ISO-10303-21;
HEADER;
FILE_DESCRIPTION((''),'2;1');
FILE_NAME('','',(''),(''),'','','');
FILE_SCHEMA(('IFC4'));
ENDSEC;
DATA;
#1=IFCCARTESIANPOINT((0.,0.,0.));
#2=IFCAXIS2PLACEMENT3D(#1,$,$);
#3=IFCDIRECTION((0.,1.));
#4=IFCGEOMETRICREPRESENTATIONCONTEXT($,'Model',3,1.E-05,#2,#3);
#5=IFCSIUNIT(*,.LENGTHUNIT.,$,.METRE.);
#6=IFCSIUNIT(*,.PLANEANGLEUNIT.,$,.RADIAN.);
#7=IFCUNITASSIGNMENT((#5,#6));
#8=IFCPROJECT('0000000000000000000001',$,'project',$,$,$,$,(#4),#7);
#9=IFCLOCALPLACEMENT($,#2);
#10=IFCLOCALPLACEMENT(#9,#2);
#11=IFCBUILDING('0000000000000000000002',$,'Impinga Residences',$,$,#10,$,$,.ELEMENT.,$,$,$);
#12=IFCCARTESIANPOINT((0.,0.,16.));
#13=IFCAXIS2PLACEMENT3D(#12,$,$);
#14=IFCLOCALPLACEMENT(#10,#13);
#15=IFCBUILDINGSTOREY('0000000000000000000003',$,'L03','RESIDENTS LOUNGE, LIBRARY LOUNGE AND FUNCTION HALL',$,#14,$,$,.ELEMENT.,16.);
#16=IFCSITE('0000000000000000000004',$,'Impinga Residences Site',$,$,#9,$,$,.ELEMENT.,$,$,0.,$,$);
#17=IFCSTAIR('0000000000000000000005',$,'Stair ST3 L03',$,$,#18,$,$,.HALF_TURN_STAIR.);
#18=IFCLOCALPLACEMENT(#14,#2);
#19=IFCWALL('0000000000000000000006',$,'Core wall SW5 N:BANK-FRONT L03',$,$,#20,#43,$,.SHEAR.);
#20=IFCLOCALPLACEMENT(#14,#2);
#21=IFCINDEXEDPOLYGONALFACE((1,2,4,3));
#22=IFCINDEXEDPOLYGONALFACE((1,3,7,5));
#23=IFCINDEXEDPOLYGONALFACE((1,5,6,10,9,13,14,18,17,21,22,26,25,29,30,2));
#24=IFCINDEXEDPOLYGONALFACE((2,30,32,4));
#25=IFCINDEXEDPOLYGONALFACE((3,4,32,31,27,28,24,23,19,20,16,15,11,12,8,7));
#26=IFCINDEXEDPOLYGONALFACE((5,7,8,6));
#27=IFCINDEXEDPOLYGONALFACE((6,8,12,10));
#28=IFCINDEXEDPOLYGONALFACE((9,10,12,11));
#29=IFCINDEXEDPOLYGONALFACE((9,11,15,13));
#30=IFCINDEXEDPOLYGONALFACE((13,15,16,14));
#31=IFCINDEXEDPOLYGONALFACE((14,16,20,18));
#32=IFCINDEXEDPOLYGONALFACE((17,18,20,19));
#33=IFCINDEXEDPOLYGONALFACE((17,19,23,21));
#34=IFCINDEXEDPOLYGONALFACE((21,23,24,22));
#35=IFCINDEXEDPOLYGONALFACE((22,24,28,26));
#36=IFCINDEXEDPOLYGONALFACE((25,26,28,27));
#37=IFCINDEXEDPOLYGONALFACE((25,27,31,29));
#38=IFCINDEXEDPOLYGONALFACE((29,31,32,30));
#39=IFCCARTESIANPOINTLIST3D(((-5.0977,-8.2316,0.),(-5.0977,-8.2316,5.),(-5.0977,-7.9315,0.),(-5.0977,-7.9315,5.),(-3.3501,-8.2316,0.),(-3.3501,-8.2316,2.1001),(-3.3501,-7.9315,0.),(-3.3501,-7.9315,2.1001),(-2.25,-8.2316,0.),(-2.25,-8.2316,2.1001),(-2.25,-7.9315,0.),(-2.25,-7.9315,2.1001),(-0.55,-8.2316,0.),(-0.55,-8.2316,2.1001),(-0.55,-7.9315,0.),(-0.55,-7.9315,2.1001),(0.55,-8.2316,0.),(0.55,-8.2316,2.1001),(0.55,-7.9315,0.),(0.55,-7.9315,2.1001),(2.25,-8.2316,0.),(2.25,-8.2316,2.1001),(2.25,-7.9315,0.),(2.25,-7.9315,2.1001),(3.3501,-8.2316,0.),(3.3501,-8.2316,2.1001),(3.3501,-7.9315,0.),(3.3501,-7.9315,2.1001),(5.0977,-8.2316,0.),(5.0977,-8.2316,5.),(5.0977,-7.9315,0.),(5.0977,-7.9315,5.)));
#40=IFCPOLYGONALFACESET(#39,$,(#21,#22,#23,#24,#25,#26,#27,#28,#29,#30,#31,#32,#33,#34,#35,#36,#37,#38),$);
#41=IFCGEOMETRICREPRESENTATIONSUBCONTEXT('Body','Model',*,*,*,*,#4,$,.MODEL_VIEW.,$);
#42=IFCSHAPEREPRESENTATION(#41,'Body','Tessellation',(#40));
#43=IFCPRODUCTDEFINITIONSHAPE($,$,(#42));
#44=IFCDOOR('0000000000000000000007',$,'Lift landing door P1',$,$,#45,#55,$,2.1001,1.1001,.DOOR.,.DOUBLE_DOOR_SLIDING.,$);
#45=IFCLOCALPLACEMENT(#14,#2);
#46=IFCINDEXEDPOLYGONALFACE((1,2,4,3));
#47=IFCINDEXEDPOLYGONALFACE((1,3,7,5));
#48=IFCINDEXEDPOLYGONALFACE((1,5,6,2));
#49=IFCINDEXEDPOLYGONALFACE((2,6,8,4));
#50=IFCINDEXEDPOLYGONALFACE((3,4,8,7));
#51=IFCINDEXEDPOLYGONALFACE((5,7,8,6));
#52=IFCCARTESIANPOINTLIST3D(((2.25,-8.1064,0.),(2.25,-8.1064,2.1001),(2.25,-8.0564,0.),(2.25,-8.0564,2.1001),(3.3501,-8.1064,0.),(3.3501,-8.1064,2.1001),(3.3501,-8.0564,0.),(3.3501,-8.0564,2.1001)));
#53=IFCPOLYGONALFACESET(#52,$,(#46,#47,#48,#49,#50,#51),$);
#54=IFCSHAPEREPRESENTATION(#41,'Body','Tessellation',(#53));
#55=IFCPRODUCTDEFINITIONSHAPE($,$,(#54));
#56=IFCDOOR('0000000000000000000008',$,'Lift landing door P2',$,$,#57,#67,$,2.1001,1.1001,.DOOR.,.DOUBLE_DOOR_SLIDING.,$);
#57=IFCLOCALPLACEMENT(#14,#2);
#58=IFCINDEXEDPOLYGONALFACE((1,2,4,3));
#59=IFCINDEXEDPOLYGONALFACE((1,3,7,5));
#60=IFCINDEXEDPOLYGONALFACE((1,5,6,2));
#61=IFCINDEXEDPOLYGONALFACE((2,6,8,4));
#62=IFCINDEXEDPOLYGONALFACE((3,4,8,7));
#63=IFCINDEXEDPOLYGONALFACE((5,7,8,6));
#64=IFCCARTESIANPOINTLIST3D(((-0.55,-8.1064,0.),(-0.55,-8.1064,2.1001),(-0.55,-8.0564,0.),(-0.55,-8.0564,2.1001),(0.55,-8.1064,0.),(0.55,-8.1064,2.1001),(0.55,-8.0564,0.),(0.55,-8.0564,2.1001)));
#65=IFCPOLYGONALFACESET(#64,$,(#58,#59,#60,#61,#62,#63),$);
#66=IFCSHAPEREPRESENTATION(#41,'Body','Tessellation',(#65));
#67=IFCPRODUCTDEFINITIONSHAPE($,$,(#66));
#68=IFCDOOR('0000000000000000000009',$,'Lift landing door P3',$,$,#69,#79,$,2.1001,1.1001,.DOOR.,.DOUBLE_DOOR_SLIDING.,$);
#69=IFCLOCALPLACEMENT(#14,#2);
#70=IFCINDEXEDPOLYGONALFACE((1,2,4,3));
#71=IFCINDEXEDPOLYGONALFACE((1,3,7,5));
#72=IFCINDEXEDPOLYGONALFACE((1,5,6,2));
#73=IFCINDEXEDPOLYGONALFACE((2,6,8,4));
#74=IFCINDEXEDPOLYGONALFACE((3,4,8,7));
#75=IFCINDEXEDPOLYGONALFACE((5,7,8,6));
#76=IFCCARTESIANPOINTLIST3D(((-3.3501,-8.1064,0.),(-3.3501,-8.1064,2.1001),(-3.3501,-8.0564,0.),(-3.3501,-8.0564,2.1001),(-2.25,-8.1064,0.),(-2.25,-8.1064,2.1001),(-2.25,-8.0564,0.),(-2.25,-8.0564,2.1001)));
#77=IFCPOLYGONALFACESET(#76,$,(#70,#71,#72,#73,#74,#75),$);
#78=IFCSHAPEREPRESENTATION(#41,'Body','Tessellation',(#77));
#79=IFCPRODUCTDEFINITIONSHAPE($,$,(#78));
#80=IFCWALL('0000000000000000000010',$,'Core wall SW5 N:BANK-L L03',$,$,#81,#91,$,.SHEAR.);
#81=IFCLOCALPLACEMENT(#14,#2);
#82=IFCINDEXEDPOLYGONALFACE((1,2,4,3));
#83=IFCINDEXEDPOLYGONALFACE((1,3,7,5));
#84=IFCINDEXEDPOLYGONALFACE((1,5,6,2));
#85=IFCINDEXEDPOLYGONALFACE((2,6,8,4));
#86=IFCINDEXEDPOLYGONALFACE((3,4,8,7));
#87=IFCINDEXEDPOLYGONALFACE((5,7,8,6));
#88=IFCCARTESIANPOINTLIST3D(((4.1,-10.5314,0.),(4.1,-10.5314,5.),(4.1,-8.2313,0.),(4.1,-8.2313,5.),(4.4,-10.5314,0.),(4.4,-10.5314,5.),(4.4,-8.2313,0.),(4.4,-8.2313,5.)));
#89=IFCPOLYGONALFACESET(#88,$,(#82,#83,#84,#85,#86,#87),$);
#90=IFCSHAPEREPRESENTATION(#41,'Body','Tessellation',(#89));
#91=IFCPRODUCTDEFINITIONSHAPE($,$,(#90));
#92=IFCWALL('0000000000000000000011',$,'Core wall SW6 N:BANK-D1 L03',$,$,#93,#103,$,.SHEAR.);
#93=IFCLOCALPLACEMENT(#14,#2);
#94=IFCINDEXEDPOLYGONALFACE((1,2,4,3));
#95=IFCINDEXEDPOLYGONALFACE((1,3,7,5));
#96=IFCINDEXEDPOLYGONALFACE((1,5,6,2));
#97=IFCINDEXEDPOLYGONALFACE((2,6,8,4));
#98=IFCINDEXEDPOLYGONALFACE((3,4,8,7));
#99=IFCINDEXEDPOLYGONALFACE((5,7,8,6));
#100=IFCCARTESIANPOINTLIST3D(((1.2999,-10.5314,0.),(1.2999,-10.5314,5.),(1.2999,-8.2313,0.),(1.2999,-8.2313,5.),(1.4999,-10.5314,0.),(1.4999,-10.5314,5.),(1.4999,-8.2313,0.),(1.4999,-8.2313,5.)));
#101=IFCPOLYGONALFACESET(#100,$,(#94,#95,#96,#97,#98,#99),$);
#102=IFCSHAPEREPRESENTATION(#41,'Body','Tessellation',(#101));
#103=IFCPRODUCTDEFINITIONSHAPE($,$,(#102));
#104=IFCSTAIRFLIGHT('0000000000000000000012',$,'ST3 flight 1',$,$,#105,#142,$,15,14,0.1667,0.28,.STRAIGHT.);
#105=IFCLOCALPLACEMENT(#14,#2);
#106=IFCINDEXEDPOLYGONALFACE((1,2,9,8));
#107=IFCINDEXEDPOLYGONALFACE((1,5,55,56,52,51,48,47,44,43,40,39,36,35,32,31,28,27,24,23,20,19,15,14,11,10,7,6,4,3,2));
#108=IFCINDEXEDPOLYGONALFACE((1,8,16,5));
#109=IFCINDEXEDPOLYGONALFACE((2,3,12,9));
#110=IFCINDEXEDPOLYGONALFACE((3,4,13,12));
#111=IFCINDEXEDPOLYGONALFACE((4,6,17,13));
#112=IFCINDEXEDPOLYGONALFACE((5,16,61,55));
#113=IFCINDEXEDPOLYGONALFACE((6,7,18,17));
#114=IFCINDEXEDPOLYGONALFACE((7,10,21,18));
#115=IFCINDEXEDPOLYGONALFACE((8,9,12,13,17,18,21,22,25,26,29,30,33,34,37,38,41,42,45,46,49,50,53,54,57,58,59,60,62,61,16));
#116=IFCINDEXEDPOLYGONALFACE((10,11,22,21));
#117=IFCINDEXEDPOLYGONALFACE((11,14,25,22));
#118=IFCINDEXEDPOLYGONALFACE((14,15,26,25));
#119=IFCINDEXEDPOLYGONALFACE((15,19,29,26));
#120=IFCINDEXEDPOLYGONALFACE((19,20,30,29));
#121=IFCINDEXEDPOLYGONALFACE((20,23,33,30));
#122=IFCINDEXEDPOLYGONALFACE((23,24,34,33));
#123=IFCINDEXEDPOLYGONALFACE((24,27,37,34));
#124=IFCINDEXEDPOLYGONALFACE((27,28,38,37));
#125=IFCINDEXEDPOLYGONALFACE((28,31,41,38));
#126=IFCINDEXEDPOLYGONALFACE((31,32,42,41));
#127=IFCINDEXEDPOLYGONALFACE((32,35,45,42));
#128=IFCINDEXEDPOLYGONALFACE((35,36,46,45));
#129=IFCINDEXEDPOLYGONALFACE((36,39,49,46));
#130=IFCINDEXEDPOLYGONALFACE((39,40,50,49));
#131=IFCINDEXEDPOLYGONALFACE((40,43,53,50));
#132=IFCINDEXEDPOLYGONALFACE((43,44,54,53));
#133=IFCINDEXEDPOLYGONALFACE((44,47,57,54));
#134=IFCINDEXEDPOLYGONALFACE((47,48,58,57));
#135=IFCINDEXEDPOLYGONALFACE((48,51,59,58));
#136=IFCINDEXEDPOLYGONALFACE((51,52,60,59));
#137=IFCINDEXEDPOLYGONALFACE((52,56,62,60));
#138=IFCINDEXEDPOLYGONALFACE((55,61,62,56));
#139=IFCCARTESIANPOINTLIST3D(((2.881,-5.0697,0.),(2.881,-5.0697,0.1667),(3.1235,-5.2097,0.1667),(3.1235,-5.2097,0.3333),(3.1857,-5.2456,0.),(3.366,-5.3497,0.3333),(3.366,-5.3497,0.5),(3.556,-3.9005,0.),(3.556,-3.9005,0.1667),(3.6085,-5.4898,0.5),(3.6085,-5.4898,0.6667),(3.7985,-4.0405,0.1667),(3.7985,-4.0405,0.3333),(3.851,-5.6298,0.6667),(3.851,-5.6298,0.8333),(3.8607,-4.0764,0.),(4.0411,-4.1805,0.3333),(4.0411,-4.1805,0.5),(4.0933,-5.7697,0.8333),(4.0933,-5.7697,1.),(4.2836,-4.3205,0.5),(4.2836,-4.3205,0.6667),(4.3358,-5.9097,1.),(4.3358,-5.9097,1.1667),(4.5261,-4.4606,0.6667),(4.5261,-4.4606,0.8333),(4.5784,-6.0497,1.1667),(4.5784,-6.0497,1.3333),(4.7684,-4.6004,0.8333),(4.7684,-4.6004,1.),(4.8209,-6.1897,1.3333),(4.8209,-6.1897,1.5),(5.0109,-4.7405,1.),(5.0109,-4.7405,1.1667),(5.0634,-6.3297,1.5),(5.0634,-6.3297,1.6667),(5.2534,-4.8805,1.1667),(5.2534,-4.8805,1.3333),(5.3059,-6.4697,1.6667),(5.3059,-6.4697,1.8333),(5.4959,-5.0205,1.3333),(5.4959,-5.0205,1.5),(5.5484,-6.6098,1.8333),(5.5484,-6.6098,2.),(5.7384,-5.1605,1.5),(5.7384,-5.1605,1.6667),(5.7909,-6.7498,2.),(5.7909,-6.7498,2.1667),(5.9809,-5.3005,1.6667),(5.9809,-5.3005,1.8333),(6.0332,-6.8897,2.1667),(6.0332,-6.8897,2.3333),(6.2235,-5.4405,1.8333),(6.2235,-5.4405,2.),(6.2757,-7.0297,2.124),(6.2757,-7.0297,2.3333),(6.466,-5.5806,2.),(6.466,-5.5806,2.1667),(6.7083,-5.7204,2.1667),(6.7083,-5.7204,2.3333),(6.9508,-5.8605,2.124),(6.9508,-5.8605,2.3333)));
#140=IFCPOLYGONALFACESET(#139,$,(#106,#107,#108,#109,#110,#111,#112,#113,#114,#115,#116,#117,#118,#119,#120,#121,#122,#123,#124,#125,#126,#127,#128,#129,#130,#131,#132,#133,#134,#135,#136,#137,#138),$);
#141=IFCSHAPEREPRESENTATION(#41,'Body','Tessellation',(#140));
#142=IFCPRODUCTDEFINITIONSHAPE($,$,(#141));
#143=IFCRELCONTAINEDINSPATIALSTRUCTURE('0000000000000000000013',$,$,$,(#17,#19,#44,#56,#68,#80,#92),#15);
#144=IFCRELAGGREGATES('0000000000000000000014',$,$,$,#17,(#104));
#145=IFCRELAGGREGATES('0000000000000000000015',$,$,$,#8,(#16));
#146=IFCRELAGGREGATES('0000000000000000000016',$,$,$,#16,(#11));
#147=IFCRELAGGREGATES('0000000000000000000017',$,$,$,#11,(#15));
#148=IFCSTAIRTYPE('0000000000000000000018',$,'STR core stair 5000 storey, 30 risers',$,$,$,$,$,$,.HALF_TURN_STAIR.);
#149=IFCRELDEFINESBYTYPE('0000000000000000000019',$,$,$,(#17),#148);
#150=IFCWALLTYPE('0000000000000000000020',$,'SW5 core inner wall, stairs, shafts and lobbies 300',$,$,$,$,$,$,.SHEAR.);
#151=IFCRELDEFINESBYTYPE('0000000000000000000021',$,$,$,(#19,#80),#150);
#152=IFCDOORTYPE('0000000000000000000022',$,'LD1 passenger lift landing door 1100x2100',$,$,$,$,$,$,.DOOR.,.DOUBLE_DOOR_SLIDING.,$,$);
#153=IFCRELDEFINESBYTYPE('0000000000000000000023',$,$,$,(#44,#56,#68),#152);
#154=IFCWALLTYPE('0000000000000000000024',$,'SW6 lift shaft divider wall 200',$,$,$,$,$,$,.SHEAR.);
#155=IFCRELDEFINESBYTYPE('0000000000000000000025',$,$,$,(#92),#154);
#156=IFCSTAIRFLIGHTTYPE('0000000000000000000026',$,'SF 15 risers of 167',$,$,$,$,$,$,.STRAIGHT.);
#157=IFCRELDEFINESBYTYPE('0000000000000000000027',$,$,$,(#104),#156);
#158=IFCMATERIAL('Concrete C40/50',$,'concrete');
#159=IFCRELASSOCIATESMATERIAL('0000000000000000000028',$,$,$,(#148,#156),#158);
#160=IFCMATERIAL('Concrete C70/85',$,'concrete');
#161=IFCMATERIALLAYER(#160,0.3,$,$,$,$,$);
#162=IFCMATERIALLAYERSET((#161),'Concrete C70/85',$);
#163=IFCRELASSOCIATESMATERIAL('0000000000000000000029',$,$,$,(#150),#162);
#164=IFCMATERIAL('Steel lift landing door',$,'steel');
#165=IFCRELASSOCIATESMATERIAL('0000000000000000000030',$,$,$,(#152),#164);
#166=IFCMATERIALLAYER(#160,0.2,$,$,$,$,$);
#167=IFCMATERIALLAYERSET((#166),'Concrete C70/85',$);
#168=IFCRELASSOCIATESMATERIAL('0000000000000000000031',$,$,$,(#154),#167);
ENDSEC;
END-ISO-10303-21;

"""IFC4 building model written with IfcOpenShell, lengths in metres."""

from ifc_helpers import new_model, si_unit, direction, frame, frame_2d, origin, place, context, subcontext, project, spatial, polyline, rectangle, outline, extrude, material, layer, layer_set, type_object, element, fill, aggregate, save


model = new_model("IFC4")

# Units and contexts
model_context = context("Model", 3, precision=1e-05, world=origin(), true_north=direction((0.0, 1.0)))
body_context = subcontext(model_context, "Body", "Model", "MODEL_VIEW")
ifc_project = project(units=[si_unit("LENGTHUNIT", "METRE"), si_unit("PLANEANGLEUNIT", "RADIAN")], contexts=[model_context])

# Site, building, storey
site_placement = place(None, origin())
site = spatial("IfcSite", under=ifc_project, at=site_placement, Name="Impinga Residences Site", CompositionType="ELEMENT", RefElevation=0.0)
building_placement = place(site_placement, origin())
building = spatial("IfcBuilding", under=site, at=building_placement, Name="Impinga Residences", CompositionType="ELEMENT")
storey_placement = place(building_placement, frame((0.0, 0.0, 16.0)))
storey = spatial("IfcBuildingStorey", under=building, at=storey_placement, Name="L03", Description="RESIDENTS LOUNGE, LIBRARY LOUNGE AND FUNCTION HALL", CompositionType="ELEMENT", Elevation=16.0)

# Stair
ifc_material_1 = material(Name="Concrete C40/50", Category="concrete")
stair_type_1 = type_object("IfcStairType", Name="STR core stair 5000 storey, 30 risers", PredefinedType="HALF_TURN_STAIR", material=ifc_material_1)
stair_1_placement = place(storey_placement, origin())
stair_1 = element("IfcStair", 1, at=stair_1_placement, inside=storey, type_object=stair_type_1, Name="Stair ST3 L03", PredefinedType="HALF_TURN_STAIR")

# Shared definitions
ifc_material_2 = material(Name="Concrete C70/85", Category="concrete")
ifc_layer_1 = layer(ifc_material_2, 0.3)
ifc_layer_set_1 = layer_set([ifc_layer_1], Name="Concrete C70/85")
wall_type_1 = type_object("IfcWallType", Name="SW5 core inner wall, stairs, shafts and lobbies 300", PredefinedType="SHEAR", material=ifc_layer_set_1)

# Shared definitions
ifc_material_3 = material(Name="Steel lift landing door", Category="steel")

# Wall, openings, doors
wall_1_placement = place(storey_placement, frame((5.0977, -8.0815, 0.0), z_axis=(0.0, 0.0, 1.0), x_axis=(-1.0, 0.0, 0.0)))
wall_1 = element("IfcWall", 2, at=wall_1_placement, inside=storey, type_object=wall_type_1, Name="Core wall SW5 N:BANK-FRONT L03", PredefinedType="SHEAR", context=body_context, shape_type="SweptSolid", body=[
    extrude(rectangle(XDim=10.1953, YDim=0.3, at=frame_2d((5.0977, 0.0))), origin(), (0.0, 0.0, 1.0), 5.0),
])
opening_1_placement = place(wall_1_placement, frame((1.7476, 0.0, 0.0)))
opening_1 = element("IfcOpeningElement", 3, at=opening_1_placement, cuts=wall_1, PredefinedType="OPENING", context=body_context, shape_type="SweptSolid", body=[
    extrude(rectangle(XDim=1.1001, YDim=2.1001, at=frame_2d((0.55, 1.05))), frame((0.0, 0.1599, 0.0), z_axis=(0.0, -1.0, 0.0), x_axis=(1.0, 0.0, 0.0)), (0.0, 0.0, 1.0), 0.3201),
])
opening_2_placement = place(wall_1_placement, frame((4.5476, 0.0, 0.0)))
opening_2 = element("IfcOpeningElement", 4, at=opening_2_placement, cuts=wall_1, PredefinedType="OPENING", context=body_context, shape_type="SweptSolid", body=[
    extrude(rectangle(XDim=1.1001, YDim=2.1001, at=frame_2d((0.55, 1.05))), frame((0.0, 0.1599, 0.0), z_axis=(0.0, -1.0, 0.0), x_axis=(1.0, 0.0, 0.0)), (0.0, 0.0, 1.0), 0.3201),
])
opening_3_placement = place(wall_1_placement, frame((7.3477, 0.0, 0.0)))
opening_3 = element("IfcOpeningElement", 5, at=opening_3_placement, cuts=wall_1, PredefinedType="OPENING", context=body_context, shape_type="SweptSolid", body=[
    extrude(rectangle(XDim=1.1001, YDim=2.1001, at=frame_2d((0.55, 1.05))), frame((0.0, 0.1599, 0.0), z_axis=(0.0, -1.0, 0.0), x_axis=(1.0, 0.0, 0.0)), (0.0, 0.0, 1.0), 0.3201),
])
door_type_1 = type_object("IfcDoorType", Name="LD1 passenger lift landing door 1100x2100", OperationType="DOUBLE_DOOR_SLIDING", PredefinedType="DOOR", material=ifc_material_3)
door_1_placement = place(opening_1_placement, origin())
door_1 = element("IfcDoor", 6, at=door_1_placement, inside=storey, type_object=door_type_1, Name="Lift landing door P1", OperationType="DOUBLE_DOOR_SLIDING", OverallHeight=2.1001, OverallWidth=1.1001, PredefinedType="DOOR", context=body_context, shape_type="SweptSolid", body=[
    extrude(rectangle(XDim=1.1001, YDim=2.1001, at=frame_2d((0.55, 1.05))), frame((0.0, 0.0249, 0.0), z_axis=(0.0, -1.0, 0.0), x_axis=(1.0, 0.0, 0.0)), (0.0, 0.0, 1.0), 0.05),
])
fill(opening_1, door_1)
door_2_placement = place(opening_2_placement, origin())
door_2 = element("IfcDoor", 7, at=door_2_placement, inside=storey, type_object=door_type_1, Name="Lift landing door P2", OperationType="DOUBLE_DOOR_SLIDING", OverallHeight=2.1001, OverallWidth=1.1001, PredefinedType="DOOR", context=body_context, shape_type="SweptSolid", body=[
    extrude(rectangle(XDim=1.1001, YDim=2.1001, at=frame_2d((0.55, 1.05))), frame((0.0, 0.0249, 0.0), z_axis=(0.0, -1.0, 0.0), x_axis=(1.0, 0.0, 0.0)), (0.0, 0.0, 1.0), 0.05),
])
fill(opening_2, door_2)
door_3_placement = place(opening_3_placement, origin())
door_3 = element("IfcDoor", 8, at=door_3_placement, inside=storey, type_object=door_type_1, Name="Lift landing door P3", OperationType="DOUBLE_DOOR_SLIDING", OverallHeight=2.1001, OverallWidth=1.1001, PredefinedType="DOOR", context=body_context, shape_type="SweptSolid", body=[
    extrude(rectangle(XDim=1.1001, YDim=2.1001, at=frame_2d((0.55, 1.05))), frame((0.0, 0.0249, 0.0), z_axis=(0.0, -1.0, 0.0), x_axis=(1.0, 0.0, 0.0)), (0.0, 0.0, 1.0), 0.05),
])
fill(opening_3, door_3)

# Walls
wall_2_placement = place(storey_placement, frame((4.25, -8.2314, 0.0), z_axis=(0.0, 0.0, 1.0), x_axis=(0.0, -1.0, 0.0)))
element("IfcWall", 9, at=wall_2_placement, inside=storey, type_object=wall_type_1, Name="Core wall SW5 N:BANK-L L03", PredefinedType="SHEAR", context=body_context, shape_type="SweptSolid", body=[
    extrude(rectangle(XDim=2.3, YDim=0.3, at=frame_2d((1.1499, 0.0))), origin(), (0.0, 0.0, 1.0), 5.0),
])
ifc_layer_2 = layer(ifc_material_2, 0.2)
ifc_layer_set_2 = layer_set([ifc_layer_2], Name="Concrete C70/85")
wall_type_2 = type_object("IfcWallType", Name="SW6 lift shaft divider wall 200", PredefinedType="SHEAR", material=ifc_layer_set_2)
wall_3_placement = place(storey_placement, frame((1.3999, -8.2314, 0.0), z_axis=(0.0, 0.0, 1.0), x_axis=(0.0, -1.0, 0.0)))
element("IfcWall", 10, at=wall_3_placement, inside=storey, type_object=wall_type_2, Name="Core wall SW6 N:BANK-D1 L03", PredefinedType="SHEAR", context=body_context, shape_type="SweptSolid", body=[
    extrude(rectangle(XDim=2.3, YDim=0.2, at=frame_2d((1.1499, 0.0))), origin(), (0.0, 0.0, 1.0), 5.0),
])

# Stair flight
stair_flight_type = type_object("IfcStairFlightType", Name="SF 15 risers of 167", PredefinedType="STRAIGHT", material=ifc_material_1)
stair_flight_1_placement = place(storey_placement, frame((3.2185, -4.4851, 0.0), z_axis=(0.0, 0.0, 1.0), x_axis=(0.866025, -0.5, 0.0)))
stair_flight_1 = element("IfcStairFlight", 11, at=stair_flight_1_placement, type_object=stair_flight_type, Name="ST3 flight 1", NumberOfRisers=15, NumberOfTreads=14, PredefinedType="STRAIGHT", RiserHeight=0.1667, TreadLength=0.28, context=body_context, shape_type="SweptSolid", body=[
    extrude(outline(polyline([(0.0, 0.0), (0.0, 0.1667), (0.28, 0.1667), (0.28, 0.3333), (0.5601, 0.3333), (0.5601, 0.5), (0.8401, 0.5), (0.8401, 0.6667), (1.1201, 0.6667), (1.1201, 0.8333), (1.3999, 0.8333), (1.3999, 1.0), (1.6799, 1.0), (1.6799, 1.1667), (1.96, 1.1667), (1.96, 1.3333), (2.24, 1.3333), (2.24, 1.5), (2.52, 1.5), (2.52, 1.6667), (2.8, 1.6667), (2.8, 1.8333), (3.0801, 1.8333), (3.0801, 2.0), (3.3601, 2.0), (3.3601, 2.1667), (3.6399, 2.1667), (3.6399, 2.3333), (3.9199, 2.3333), (3.9199, 2.5), (3.9199, 2.124), (0.3518, 0.0), (0.0, 0.0)])), frame((0.0, 0.675, 0.0), z_axis=(0.0, -1.0, 0.0), x_axis=(1.0, 0.0, 0.0)), (0.0, 0.0, 1.0), 1.3501),
])
aggregate(stair_1, [stair_flight_1])

save(model, "model.ifc")
